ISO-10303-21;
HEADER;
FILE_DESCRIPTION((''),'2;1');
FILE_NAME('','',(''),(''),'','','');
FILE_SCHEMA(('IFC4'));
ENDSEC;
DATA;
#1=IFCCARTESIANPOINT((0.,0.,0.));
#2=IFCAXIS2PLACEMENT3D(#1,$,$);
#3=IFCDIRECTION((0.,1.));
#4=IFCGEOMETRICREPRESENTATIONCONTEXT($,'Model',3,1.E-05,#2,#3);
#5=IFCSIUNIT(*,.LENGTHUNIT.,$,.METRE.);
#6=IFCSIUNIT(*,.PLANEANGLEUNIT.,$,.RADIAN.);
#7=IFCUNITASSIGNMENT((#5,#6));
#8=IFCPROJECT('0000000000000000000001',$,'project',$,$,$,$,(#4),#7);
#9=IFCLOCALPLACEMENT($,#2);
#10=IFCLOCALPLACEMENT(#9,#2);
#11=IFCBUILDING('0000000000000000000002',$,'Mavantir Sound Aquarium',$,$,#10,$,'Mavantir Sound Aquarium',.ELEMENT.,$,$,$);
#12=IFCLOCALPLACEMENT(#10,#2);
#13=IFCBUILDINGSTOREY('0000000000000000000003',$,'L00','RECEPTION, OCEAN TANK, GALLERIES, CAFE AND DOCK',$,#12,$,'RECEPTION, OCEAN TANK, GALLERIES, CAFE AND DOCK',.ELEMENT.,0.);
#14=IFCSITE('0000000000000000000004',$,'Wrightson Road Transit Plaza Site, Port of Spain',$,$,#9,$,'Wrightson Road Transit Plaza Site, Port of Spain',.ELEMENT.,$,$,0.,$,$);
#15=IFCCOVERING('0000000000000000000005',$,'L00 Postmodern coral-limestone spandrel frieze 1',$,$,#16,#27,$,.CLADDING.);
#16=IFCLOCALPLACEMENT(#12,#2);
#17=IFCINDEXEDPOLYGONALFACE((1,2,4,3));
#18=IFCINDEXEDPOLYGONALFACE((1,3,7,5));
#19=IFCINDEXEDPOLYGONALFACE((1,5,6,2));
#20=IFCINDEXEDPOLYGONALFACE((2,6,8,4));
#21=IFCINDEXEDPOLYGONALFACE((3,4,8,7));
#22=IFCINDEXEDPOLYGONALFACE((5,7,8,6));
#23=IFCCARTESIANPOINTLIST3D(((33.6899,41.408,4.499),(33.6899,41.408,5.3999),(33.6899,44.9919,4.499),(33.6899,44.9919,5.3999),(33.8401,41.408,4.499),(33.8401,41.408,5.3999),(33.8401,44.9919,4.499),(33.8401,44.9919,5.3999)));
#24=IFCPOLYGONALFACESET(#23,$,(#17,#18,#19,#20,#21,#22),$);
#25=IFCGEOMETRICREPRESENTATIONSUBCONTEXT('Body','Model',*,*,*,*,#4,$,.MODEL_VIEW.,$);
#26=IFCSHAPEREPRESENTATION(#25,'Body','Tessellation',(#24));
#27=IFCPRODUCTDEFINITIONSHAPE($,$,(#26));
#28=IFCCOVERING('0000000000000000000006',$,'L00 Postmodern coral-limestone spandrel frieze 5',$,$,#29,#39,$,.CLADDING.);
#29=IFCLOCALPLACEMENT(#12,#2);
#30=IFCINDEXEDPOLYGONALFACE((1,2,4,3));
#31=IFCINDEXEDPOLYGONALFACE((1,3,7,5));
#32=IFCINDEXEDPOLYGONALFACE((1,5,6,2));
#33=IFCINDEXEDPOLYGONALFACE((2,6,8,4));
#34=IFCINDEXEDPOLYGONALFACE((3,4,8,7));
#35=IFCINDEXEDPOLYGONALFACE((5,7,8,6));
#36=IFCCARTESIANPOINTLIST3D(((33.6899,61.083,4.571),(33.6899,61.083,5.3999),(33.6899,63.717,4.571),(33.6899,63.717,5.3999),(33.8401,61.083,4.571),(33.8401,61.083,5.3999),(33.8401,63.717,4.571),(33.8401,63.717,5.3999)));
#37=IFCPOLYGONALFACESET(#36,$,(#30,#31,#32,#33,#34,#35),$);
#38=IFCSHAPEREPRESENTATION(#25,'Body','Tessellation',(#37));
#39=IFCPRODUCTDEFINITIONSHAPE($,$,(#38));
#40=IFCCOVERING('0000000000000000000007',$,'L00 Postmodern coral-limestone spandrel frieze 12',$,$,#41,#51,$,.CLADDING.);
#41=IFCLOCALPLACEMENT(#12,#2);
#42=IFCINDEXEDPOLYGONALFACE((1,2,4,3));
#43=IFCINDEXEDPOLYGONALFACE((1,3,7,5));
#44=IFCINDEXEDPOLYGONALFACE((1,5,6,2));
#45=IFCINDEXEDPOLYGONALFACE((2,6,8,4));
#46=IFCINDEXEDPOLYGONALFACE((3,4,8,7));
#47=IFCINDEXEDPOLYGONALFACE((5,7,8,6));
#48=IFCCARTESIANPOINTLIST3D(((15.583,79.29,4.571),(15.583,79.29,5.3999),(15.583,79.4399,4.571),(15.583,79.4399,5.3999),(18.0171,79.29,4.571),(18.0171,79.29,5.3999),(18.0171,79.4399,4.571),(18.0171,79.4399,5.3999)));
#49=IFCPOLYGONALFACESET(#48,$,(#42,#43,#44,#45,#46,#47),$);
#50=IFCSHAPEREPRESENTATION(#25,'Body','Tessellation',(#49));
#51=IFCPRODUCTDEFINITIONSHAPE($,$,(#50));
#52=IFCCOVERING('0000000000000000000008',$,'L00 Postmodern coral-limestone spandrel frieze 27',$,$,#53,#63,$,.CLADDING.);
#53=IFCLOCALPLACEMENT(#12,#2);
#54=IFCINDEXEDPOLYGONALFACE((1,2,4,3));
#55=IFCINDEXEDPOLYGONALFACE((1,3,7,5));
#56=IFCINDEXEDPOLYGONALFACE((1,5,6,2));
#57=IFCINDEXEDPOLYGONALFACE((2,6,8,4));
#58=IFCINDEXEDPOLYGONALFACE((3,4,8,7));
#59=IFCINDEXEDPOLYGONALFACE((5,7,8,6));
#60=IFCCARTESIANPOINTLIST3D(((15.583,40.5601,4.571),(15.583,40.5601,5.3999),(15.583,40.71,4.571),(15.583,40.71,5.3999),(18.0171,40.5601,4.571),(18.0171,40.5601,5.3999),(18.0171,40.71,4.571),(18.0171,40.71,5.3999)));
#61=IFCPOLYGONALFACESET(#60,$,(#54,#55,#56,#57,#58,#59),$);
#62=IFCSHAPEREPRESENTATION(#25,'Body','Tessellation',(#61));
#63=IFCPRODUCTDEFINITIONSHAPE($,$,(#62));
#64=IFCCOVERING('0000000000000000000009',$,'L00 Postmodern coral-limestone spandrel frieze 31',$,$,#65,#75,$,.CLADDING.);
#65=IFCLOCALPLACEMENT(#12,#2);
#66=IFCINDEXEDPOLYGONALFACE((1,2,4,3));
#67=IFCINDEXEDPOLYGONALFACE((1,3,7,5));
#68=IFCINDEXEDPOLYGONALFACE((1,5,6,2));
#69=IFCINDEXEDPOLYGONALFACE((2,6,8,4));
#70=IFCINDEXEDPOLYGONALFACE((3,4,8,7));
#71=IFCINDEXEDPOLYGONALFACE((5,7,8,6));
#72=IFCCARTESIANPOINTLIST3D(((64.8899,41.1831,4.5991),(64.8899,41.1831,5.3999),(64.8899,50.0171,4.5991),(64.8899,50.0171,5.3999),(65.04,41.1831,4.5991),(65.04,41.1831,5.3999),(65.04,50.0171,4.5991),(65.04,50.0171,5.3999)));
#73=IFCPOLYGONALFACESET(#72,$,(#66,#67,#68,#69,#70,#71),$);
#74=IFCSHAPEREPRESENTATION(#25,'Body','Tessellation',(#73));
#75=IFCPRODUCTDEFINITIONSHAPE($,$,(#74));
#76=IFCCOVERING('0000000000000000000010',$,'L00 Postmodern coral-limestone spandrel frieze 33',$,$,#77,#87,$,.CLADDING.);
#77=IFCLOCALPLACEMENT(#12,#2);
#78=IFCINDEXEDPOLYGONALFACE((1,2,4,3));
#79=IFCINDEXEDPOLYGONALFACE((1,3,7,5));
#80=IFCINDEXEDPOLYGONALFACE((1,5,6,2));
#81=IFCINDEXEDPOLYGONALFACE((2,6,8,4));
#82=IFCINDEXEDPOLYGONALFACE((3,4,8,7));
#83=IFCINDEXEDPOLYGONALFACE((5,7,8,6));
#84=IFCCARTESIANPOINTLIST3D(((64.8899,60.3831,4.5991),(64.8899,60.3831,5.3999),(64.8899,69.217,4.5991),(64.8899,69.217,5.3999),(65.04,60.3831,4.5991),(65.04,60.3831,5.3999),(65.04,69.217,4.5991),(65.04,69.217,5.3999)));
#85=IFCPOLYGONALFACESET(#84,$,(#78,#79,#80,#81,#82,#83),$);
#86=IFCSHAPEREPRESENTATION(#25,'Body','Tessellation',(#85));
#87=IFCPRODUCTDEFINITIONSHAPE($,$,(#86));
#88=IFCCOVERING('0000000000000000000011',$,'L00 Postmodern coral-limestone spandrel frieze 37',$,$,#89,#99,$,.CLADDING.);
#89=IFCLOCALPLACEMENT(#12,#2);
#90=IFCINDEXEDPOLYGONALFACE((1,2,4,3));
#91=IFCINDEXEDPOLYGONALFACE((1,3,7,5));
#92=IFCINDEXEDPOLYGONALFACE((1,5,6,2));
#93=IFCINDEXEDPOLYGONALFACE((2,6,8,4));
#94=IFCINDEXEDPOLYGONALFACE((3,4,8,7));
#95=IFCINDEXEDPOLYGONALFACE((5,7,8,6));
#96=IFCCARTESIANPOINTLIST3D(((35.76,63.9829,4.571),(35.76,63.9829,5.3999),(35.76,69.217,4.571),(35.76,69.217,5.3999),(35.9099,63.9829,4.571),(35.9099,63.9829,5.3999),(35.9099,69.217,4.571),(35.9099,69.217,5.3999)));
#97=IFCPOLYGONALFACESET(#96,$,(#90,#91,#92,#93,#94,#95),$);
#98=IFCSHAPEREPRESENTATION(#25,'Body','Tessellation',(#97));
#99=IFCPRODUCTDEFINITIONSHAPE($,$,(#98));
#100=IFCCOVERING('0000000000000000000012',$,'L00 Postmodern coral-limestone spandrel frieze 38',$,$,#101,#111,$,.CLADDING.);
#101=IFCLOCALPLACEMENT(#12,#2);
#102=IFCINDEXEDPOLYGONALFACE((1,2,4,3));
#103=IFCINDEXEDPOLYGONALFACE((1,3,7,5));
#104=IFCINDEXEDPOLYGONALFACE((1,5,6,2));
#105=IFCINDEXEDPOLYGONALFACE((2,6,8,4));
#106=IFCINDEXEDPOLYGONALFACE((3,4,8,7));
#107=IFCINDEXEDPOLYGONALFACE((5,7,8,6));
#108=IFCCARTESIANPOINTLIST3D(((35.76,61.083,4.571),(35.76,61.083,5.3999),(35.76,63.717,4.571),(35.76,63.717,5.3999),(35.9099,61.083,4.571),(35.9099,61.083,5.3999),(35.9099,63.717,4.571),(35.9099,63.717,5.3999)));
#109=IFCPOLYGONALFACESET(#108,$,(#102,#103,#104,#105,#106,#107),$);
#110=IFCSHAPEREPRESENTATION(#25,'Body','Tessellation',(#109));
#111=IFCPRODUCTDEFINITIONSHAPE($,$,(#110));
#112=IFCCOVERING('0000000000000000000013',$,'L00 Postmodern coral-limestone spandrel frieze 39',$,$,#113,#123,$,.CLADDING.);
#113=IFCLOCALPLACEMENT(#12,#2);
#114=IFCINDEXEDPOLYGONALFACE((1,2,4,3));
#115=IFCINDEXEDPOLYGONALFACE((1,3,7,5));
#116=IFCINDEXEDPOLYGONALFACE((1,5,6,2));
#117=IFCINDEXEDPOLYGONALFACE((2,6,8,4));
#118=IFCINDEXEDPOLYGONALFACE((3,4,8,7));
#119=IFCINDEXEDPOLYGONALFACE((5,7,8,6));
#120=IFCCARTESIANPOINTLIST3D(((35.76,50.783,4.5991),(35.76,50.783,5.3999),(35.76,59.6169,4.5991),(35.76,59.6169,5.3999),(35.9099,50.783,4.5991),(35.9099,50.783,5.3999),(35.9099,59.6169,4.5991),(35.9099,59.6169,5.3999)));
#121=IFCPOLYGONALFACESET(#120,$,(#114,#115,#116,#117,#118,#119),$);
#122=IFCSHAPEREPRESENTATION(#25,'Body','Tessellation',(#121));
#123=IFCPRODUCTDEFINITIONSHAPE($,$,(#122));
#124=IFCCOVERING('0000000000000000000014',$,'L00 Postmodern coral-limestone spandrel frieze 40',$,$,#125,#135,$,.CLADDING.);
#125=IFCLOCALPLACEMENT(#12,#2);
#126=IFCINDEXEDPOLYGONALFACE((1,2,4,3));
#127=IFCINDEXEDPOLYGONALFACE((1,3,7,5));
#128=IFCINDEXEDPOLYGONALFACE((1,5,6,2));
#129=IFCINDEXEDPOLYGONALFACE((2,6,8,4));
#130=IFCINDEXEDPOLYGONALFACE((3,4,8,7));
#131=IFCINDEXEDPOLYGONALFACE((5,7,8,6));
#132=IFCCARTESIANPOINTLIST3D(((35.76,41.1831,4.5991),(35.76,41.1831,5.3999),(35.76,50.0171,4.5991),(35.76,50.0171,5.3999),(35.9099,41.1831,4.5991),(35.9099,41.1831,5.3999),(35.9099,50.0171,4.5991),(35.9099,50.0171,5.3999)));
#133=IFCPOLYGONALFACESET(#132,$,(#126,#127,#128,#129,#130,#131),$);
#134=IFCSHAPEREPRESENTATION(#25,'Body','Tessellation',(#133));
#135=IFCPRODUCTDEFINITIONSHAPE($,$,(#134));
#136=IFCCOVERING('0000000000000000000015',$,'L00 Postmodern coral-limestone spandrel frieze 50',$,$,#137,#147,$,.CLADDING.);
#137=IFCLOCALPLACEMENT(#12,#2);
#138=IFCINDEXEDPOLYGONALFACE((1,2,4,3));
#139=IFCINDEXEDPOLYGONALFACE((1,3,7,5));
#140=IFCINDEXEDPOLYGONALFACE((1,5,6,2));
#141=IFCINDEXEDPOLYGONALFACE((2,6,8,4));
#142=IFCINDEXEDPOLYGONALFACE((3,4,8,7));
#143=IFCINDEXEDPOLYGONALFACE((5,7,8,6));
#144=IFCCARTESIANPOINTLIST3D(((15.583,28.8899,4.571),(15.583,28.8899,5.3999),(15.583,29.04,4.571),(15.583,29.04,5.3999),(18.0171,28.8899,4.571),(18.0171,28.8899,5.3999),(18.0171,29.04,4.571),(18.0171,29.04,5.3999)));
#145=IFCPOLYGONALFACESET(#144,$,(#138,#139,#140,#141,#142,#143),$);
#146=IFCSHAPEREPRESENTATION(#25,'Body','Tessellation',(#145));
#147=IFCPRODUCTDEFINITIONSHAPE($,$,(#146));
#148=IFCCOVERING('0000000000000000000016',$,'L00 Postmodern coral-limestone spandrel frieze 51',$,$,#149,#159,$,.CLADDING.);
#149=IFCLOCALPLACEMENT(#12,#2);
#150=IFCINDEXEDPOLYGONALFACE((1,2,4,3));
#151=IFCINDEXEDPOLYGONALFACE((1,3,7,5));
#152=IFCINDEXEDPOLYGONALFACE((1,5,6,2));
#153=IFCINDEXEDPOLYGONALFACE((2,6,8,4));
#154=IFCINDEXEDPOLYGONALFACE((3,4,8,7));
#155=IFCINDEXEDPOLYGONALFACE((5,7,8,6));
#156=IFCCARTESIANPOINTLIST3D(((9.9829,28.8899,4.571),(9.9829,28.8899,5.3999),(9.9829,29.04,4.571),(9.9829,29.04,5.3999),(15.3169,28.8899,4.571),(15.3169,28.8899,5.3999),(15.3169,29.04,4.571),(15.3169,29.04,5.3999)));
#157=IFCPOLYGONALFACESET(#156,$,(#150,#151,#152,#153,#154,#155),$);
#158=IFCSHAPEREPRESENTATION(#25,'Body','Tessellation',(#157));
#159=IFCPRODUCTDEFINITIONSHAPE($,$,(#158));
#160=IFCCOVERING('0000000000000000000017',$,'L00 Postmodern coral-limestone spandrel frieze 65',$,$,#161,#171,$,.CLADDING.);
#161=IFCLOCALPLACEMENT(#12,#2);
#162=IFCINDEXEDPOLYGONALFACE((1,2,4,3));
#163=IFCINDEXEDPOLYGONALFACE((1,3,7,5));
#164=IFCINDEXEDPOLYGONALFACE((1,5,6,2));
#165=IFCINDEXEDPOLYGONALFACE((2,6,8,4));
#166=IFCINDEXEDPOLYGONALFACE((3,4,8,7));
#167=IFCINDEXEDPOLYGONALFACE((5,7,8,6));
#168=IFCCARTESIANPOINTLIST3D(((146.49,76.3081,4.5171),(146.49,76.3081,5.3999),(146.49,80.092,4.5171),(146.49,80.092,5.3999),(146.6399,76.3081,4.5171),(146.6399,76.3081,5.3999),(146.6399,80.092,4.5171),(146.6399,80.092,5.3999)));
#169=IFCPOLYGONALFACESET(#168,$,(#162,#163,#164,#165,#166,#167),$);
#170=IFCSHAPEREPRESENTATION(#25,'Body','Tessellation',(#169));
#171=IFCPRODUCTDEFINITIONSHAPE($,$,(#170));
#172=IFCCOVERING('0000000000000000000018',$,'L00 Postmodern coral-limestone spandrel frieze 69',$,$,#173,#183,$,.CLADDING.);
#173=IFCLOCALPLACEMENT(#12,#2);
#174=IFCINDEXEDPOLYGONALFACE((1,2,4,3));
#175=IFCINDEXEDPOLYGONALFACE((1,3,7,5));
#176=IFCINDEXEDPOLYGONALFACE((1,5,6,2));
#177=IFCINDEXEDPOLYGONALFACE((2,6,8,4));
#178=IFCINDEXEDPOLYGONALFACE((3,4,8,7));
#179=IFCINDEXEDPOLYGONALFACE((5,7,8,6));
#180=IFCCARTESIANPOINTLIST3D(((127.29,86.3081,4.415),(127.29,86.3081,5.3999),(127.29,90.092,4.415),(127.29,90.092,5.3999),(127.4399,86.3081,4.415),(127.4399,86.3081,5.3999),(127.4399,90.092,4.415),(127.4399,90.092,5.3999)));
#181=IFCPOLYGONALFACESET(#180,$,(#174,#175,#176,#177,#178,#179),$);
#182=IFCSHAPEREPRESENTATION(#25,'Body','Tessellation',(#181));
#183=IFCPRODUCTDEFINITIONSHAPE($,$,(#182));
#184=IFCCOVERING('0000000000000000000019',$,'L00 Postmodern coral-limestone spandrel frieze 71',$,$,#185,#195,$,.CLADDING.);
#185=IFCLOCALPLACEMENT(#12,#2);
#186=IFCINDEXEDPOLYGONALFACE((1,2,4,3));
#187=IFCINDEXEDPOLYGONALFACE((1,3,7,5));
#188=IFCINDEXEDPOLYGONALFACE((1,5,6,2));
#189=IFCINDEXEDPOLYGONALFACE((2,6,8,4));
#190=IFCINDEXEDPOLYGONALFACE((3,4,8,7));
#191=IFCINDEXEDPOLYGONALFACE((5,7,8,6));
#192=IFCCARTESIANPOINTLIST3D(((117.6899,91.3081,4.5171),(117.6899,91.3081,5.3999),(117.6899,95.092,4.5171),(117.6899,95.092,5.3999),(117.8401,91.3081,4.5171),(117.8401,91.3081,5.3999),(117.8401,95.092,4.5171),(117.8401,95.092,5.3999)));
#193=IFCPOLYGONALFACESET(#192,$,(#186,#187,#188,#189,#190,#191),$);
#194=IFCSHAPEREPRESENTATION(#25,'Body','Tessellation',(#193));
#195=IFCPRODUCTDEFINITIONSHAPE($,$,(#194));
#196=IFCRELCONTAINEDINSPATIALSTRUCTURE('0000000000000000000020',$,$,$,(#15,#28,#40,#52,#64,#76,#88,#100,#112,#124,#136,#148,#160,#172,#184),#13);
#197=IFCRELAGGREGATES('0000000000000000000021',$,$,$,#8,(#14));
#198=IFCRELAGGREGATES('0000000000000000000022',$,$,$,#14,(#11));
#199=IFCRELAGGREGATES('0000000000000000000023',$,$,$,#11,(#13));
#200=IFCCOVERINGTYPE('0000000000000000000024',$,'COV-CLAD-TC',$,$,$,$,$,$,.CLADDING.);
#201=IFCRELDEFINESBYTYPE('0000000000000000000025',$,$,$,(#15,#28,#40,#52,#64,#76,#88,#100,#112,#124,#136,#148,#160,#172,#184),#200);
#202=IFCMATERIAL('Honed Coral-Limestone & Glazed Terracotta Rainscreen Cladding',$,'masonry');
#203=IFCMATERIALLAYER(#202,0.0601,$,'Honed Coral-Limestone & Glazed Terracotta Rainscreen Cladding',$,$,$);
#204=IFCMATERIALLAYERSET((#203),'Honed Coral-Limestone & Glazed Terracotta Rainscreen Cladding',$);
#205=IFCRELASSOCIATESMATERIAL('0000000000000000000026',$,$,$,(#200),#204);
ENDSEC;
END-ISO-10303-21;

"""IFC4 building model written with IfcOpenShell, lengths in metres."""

from ifc_helpers import new_model, si_unit, direction, frame, origin, place, context, subcontext, project, spatial, polyline, outline, extrude, material, layer, layer_set, type_object, element, save


model = new_model("IFC4")

# Units and contexts
model_context = context("Model", 3, precision=1e-05, world=origin(), true_north=direction((0.0, 1.0)))
body_context = subcontext(model_context, "Body", "Model", "MODEL_VIEW")
ifc_project = project(units=[si_unit("LENGTHUNIT", "METRE"), si_unit("PLANEANGLEUNIT", "RADIAN")], contexts=[model_context])

# Site, building, storey
site_placement = place(None, origin())
site = spatial("IfcSite", under=ifc_project, at=site_placement, Name="Wrightson Road Transit Plaza Site, Port of Spain", LongName="Wrightson Road Transit Plaza Site, Port of Spain", CompositionType="ELEMENT", RefElevation=0.0)
building_placement = place(site_placement, origin())
building = spatial("IfcBuilding", under=site, at=building_placement, Name="Mavantir Sound Aquarium", LongName="Mavantir Sound Aquarium", CompositionType="ELEMENT")
storey_placement = place(building_placement, origin())
storey = spatial("IfcBuildingStorey", under=building, at=storey_placement, Name="L00", Description="RECEPTION, OCEAN TANK, GALLERIES, CAFE AND DOCK", LongName="RECEPTION, OCEAN TANK, GALLERIES, CAFE AND DOCK", CompositionType="ELEMENT", Elevation=0.0)

# Coverings
ifc_material = material(Name="Honed Coral-Limestone & Glazed Terracotta Rainscreen Cladding", Category="masonry")
ifc_layer = layer(ifc_material, 0.0601, Name="Honed Coral-Limestone & Glazed Terracotta Rainscreen Cladding")
ifc_layer_set = layer_set([ifc_layer], Name="Honed Coral-Limestone & Glazed Terracotta Rainscreen Cladding")
covering_type = type_object("IfcCoveringType", Name="COV-CLAD-TC", PredefinedType="CLADDING", material=ifc_layer_set)
covering_1_placement = place(storey_placement, frame((0.0, 0.0, 4.499)))
element("IfcCovering", 1, at=covering_1_placement, inside=storey, type_object=covering_type, Name="L00 Postmodern coral-limestone spandrel frieze 1", PredefinedType="CLADDING", context=body_context, shape_type="SweptSolid", body=[
    extrude(outline(polyline([(33.6899, 41.408), (33.6899, 44.9919), (33.8401, 44.9919), (33.8401, 41.408), (33.6899, 41.408)])), origin(), (0.0, 0.0, 1.0), 0.9009),
])
covering_2_placement = place(storey_placement, frame((0.0, 0.0, 4.571)))
element("IfcCovering", 2, at=covering_2_placement, inside=storey, type_object=covering_type, Name="L00 Postmodern coral-limestone spandrel frieze 5", PredefinedType="CLADDING", context=body_context, shape_type="SweptSolid", body=[
    extrude(outline(polyline([(33.6899, 61.083), (33.6899, 63.717), (33.8401, 63.717), (33.8401, 61.083), (33.6899, 61.083)])), origin(), (0.0, 0.0, 1.0), 0.8289),
])
covering_3_placement = place(storey_placement, frame((0.0, 0.0, 4.571)))
element("IfcCovering", 3, at=covering_3_placement, inside=storey, type_object=covering_type, Name="L00 Postmodern coral-limestone spandrel frieze 12", PredefinedType="CLADDING", context=body_context, shape_type="SweptSolid", body=[
    extrude(outline(polyline([(18.0171, 79.29), (15.583, 79.29), (15.583, 79.4399), (18.0171, 79.4399), (18.0171, 79.29)])), origin(), (0.0, 0.0, 1.0), 0.8289),
])
covering_4_placement = place(storey_placement, frame((0.0, 0.0, 4.571)))
element("IfcCovering", 4, at=covering_4_placement, inside=storey, type_object=covering_type, Name="L00 Postmodern coral-limestone spandrel frieze 27", PredefinedType="CLADDING", context=body_context, shape_type="SweptSolid", body=[
    extrude(outline(polyline([(15.583, 40.71), (18.0171, 40.71), (18.0171, 40.5601), (15.583, 40.5601), (15.583, 40.71)])), origin(), (0.0, 0.0, 1.0), 0.8289),
])
covering_5_placement = place(storey_placement, frame((0.0, 0.0, 4.5991)))
element("IfcCovering", 5, at=covering_5_placement, inside=storey, type_object=covering_type, Name="L00 Postmodern coral-limestone spandrel frieze 31", PredefinedType="CLADDING", context=body_context, shape_type="SweptSolid", body=[
    extrude(outline(polyline([(64.8899, 41.1831), (64.8899, 50.0171), (65.04, 50.0171), (65.04, 41.1831), (64.8899, 41.1831)])), origin(), (0.0, 0.0, 1.0), 0.8008),
])
covering_6_placement = place(storey_placement, frame((0.0, 0.0, 4.5991)))
element("IfcCovering", 6, at=covering_6_placement, inside=storey, type_object=covering_type, Name="L00 Postmodern coral-limestone spandrel frieze 33", PredefinedType="CLADDING", context=body_context, shape_type="SweptSolid", body=[
    extrude(outline(polyline([(64.8899, 60.3831), (64.8899, 69.217), (65.04, 69.217), (65.04, 60.3831), (64.8899, 60.3831)])), origin(), (0.0, 0.0, 1.0), 0.8008),
])
covering_7_placement = place(storey_placement, frame((0.0, 0.0, 4.571)))
element("IfcCovering", 7, at=covering_7_placement, inside=storey, type_object=covering_type, Name="L00 Postmodern coral-limestone spandrel frieze 37", PredefinedType="CLADDING", context=body_context, shape_type="SweptSolid", body=[
    extrude(outline(polyline([(35.9099, 69.217), (35.9099, 63.9829), (35.76, 63.9829), (35.76, 69.217), (35.9099, 69.217)])), origin(), (0.0, 0.0, 1.0), 0.8289),
])
covering_8_placement = place(storey_placement, frame((0.0, 0.0, 4.571)))
element("IfcCovering", 8, at=covering_8_placement, inside=storey, type_object=covering_type, Name="L00 Postmodern coral-limestone spandrel frieze 38", PredefinedType="CLADDING", context=body_context, shape_type="SweptSolid", body=[
    extrude(outline(polyline([(35.9099, 63.717), (35.9099, 61.083), (35.76, 61.083), (35.76, 63.717), (35.9099, 63.717)])), origin(), (0.0, 0.0, 1.0), 0.8289),
])
covering_9_placement = place(storey_placement, frame((0.0, 0.0, 4.5991)))
element("IfcCovering", 9, at=covering_9_placement, inside=storey, type_object=covering_type, Name="L00 Postmodern coral-limestone spandrel frieze 39", PredefinedType="CLADDING", context=body_context, shape_type="SweptSolid", body=[
    extrude(outline(polyline([(35.9099, 59.6169), (35.9099, 50.783), (35.76, 50.783), (35.76, 59.6169), (35.9099, 59.6169)])), origin(), (0.0, 0.0, 1.0), 0.8008),
])
covering_10_placement = place(storey_placement, frame((0.0, 0.0, 4.5991)))
element("IfcCovering", 10, at=covering_10_placement, inside=storey, type_object=covering_type, Name="L00 Postmodern coral-limestone spandrel frieze 40", PredefinedType="CLADDING", context=body_context, shape_type="SweptSolid", body=[
    extrude(outline(polyline([(35.9099, 50.0171), (35.9099, 41.1831), (35.76, 41.1831), (35.76, 50.0171), (35.9099, 50.0171)])), origin(), (0.0, 0.0, 1.0), 0.8008),
])
covering_11_placement = place(storey_placement, frame((0.0, 0.0, 4.571)))
element("IfcCovering", 11, at=covering_11_placement, inside=storey, type_object=covering_type, Name="L00 Postmodern coral-limestone spandrel frieze 50", PredefinedType="CLADDING", context=body_context, shape_type="SweptSolid", body=[
    extrude(outline(polyline([(18.0171, 28.8899), (15.583, 28.8899), (15.583, 29.04), (18.0171, 29.04), (18.0171, 28.8899)])), origin(), (0.0, 0.0, 1.0), 0.8289),
])
covering_12_placement = place(storey_placement, frame((0.0, 0.0, 4.571)))
element("IfcCovering", 12, at=covering_12_placement, inside=storey, type_object=covering_type, Name="L00 Postmodern coral-limestone spandrel frieze 51", PredefinedType="CLADDING", context=body_context, shape_type="SweptSolid", body=[
    extrude(outline(polyline([(15.3169, 28.8899), (9.9829, 28.8899), (9.9829, 29.04), (15.3169, 29.04), (15.3169, 28.8899)])), origin(), (0.0, 0.0, 1.0), 0.8289),
])
covering_13_placement = place(storey_placement, frame((0.0, 0.0, 4.5171)))
element("IfcCovering", 13, at=covering_13_placement, inside=storey, type_object=covering_type, Name="L00 Postmodern coral-limestone spandrel frieze 65", PredefinedType="CLADDING", context=body_context, shape_type="SweptSolid", body=[
    extrude(outline(polyline([(146.49, 76.3081), (146.49, 80.092), (146.6399, 80.092), (146.6399, 76.3081), (146.49, 76.3081)])), origin(), (0.0, 0.0, 1.0), 0.8828),
])
covering_14_placement = place(storey_placement, frame((0.0, 0.0, 4.415)))
element("IfcCovering", 14, at=covering_14_placement, inside=storey, type_object=covering_type, Name="L00 Postmodern coral-limestone spandrel frieze 69", PredefinedType="CLADDING", context=body_context, shape_type="SweptSolid", body=[
    extrude(outline(polyline([(127.29, 86.3081), (127.29, 90.092), (127.4399, 90.092), (127.4399, 86.3081), (127.29, 86.3081)])), origin(), (0.0, 0.0, 1.0), 0.9849),
])
covering_15_placement = place(storey_placement, frame((0.0, 0.0, 4.5171)))
element("IfcCovering", 15, at=covering_15_placement, inside=storey, type_object=covering_type, Name="L00 Postmodern coral-limestone spandrel frieze 71", PredefinedType="CLADDING", context=body_context, shape_type="SweptSolid", body=[
    extrude(outline(polyline([(117.6899, 91.3081), (117.6899, 95.092), (117.8401, 95.092), (117.8401, 91.3081), (117.6899, 91.3081)])), origin(), (0.0, 0.0, 1.0), 0.8828),
])

save(model, "model.ifc")
